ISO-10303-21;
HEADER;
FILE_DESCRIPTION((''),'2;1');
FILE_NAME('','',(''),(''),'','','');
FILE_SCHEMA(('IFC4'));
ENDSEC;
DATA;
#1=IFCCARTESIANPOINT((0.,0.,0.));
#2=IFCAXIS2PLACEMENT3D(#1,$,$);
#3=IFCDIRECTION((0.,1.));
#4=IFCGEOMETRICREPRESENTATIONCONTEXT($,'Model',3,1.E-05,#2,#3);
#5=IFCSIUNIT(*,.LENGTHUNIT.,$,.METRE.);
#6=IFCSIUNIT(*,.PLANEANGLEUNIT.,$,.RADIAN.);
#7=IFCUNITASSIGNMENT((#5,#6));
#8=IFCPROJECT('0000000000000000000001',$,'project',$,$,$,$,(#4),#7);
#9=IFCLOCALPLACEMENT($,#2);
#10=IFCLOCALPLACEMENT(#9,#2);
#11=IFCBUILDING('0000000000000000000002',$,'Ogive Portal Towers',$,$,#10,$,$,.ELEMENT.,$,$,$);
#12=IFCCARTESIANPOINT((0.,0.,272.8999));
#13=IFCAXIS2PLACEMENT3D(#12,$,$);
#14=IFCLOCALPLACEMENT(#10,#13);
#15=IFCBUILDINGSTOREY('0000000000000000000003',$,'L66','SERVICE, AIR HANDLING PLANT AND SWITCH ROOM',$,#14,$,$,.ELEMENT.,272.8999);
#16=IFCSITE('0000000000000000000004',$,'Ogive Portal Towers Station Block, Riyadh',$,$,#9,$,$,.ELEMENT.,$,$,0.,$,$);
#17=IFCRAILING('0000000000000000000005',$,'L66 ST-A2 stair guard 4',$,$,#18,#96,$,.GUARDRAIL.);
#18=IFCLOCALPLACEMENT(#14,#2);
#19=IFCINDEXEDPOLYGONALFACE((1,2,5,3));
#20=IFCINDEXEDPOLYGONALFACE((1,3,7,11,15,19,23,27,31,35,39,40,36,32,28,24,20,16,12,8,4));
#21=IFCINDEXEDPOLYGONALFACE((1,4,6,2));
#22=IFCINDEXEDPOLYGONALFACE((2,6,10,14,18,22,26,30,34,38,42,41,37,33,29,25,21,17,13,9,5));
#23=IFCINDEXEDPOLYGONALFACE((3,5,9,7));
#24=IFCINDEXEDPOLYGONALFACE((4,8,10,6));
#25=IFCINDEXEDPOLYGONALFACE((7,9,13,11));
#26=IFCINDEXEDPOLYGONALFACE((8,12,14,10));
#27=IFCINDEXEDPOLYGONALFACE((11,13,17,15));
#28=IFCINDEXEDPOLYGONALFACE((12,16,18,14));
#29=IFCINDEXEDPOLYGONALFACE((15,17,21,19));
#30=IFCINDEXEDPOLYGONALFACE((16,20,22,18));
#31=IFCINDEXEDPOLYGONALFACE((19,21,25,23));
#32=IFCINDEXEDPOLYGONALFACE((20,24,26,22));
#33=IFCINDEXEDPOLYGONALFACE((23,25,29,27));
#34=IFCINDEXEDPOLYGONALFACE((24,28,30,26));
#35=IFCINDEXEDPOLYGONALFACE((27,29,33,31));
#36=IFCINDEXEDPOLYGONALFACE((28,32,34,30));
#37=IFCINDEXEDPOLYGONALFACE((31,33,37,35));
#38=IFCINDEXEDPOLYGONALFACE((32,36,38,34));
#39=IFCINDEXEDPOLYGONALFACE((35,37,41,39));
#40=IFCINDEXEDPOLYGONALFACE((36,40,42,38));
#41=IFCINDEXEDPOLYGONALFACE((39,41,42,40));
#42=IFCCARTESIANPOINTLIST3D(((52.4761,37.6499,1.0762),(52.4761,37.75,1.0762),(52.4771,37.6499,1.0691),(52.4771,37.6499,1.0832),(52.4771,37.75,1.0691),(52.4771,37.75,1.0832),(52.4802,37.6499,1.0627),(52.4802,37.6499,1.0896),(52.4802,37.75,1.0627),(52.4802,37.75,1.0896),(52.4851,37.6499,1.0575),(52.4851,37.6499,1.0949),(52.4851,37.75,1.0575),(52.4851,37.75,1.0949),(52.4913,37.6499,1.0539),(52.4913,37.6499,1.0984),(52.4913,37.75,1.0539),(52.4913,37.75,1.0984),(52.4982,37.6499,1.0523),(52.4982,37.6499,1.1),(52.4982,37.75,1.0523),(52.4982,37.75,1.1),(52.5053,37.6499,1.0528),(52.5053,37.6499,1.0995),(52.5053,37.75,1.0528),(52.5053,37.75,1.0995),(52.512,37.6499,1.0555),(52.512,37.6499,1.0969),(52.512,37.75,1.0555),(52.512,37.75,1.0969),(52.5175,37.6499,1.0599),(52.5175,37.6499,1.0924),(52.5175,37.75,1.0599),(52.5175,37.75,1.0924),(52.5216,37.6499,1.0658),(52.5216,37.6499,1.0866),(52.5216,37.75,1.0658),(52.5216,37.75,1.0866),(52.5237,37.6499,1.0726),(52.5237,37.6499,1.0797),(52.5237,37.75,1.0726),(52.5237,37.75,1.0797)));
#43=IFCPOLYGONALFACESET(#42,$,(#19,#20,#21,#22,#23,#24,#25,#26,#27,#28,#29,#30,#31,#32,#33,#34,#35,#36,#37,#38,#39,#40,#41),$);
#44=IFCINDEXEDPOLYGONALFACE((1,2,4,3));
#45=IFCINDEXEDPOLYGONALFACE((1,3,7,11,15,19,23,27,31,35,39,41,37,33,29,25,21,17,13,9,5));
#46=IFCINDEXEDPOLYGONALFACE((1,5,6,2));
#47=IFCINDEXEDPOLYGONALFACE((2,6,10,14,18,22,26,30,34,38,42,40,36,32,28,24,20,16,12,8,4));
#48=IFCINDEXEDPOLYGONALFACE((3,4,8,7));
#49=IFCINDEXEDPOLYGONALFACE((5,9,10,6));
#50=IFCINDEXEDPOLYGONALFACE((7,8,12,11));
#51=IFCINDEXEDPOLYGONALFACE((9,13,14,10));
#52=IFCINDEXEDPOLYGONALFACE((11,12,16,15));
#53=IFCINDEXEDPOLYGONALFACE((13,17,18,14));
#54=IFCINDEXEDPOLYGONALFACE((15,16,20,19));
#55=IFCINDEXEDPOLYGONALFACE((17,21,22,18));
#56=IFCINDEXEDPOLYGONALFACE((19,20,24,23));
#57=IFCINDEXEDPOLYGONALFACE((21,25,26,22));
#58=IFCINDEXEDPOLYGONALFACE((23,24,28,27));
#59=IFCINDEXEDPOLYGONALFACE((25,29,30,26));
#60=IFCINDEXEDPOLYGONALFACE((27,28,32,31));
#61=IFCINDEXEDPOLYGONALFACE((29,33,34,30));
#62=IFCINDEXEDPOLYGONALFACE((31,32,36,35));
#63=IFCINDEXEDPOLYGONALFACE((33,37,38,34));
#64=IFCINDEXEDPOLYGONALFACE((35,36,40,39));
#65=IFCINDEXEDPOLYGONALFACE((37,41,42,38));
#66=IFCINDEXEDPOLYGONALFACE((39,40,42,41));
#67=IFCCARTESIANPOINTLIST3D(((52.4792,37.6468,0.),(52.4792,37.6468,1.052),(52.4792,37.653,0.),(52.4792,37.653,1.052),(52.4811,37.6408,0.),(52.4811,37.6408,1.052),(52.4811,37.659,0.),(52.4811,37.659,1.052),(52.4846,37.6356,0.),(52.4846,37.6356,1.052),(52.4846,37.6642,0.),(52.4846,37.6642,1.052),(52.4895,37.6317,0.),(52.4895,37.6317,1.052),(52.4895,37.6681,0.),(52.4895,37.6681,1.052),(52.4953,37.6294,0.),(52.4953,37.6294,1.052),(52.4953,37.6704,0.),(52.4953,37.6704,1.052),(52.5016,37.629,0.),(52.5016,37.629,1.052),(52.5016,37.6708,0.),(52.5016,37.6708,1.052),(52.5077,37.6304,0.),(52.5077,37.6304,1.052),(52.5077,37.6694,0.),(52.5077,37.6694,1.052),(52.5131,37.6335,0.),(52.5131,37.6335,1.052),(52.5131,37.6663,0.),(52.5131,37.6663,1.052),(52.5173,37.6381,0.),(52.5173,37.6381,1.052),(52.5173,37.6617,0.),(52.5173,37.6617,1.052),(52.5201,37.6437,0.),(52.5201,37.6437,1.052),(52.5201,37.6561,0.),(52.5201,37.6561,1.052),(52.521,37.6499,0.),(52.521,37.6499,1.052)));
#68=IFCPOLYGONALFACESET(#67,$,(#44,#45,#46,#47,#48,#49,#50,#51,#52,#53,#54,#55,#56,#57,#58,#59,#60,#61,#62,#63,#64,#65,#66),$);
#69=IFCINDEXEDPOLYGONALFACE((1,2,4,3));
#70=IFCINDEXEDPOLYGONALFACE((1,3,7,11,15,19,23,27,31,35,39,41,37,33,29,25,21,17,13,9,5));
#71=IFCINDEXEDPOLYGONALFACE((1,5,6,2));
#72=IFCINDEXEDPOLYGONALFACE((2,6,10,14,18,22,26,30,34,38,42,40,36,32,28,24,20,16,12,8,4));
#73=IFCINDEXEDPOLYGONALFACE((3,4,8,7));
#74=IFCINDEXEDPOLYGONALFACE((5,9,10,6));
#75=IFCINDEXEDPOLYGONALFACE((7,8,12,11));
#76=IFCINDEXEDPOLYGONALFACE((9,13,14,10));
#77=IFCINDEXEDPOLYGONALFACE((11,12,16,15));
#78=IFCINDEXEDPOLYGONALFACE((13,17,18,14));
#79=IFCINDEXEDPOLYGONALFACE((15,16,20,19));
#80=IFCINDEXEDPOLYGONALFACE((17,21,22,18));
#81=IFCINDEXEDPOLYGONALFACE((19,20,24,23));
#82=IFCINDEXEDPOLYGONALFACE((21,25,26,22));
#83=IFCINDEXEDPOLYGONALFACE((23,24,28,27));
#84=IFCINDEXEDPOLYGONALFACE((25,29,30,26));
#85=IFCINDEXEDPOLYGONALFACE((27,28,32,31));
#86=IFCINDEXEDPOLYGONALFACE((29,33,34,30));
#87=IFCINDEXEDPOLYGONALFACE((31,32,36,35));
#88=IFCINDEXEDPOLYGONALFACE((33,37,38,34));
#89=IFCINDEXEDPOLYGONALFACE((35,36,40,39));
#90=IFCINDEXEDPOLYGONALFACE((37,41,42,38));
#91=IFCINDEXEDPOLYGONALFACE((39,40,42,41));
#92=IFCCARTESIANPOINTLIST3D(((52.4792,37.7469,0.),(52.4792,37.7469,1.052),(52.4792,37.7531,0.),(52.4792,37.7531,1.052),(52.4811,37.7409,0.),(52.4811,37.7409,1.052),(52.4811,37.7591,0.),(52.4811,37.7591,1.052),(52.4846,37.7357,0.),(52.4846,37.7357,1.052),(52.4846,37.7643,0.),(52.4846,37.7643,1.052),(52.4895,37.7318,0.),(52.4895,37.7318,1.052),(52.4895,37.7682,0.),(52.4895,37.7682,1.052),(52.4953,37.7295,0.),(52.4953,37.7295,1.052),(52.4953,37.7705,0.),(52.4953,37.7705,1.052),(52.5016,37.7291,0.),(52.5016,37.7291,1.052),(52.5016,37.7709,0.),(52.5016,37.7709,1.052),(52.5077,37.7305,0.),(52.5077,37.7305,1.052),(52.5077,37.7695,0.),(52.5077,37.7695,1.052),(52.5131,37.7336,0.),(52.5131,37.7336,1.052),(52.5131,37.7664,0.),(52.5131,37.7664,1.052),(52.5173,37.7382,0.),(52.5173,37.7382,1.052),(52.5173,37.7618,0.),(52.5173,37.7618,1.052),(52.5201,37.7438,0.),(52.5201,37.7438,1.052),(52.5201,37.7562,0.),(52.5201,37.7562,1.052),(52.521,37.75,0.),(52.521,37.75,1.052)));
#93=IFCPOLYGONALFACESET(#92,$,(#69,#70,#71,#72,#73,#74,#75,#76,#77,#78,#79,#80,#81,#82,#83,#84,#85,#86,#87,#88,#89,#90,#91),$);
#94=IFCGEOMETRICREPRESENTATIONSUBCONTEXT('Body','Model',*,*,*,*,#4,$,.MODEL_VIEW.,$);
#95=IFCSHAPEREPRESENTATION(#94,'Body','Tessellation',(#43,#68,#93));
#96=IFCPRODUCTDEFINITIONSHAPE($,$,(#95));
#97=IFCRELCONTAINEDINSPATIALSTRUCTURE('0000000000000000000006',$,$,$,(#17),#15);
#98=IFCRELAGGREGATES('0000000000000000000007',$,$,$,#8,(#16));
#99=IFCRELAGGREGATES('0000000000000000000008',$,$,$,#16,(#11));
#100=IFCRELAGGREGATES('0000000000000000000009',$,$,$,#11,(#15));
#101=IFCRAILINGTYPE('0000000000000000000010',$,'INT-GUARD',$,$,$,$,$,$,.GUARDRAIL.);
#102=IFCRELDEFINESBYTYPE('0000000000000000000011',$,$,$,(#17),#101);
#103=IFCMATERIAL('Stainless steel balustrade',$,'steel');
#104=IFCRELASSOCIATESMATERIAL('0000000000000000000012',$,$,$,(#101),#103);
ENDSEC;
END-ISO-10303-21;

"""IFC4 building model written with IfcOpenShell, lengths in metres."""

from ifc_helpers import new_model, si_unit, direction, frame, origin, origin_2d, place, context, subcontext, project, spatial, circle, extrude, material, type_object, element, save


model = new_model("IFC4")

# Units and contexts
model_context = context("Model", 3, precision=1e-05, world=origin(), true_north=direction((0.0, 1.0)))
body_context = subcontext(model_context, "Body", "Model", "MODEL_VIEW")
ifc_project = project(units=[si_unit("LENGTHUNIT", "METRE"), si_unit("PLANEANGLEUNIT", "RADIAN")], contexts=[model_context])

# Site, building, storey
site_placement = place(None, origin())
site = spatial("IfcSite", under=ifc_project, at=site_placement, Name="Ogive Portal Towers Station Block, Riyadh", CompositionType="ELEMENT", RefElevation=0.0)
building_placement = place(site_placement, origin())
building = spatial("IfcBuilding", under=site, at=building_placement, Name="Ogive Portal Towers", CompositionType="ELEMENT")
storey_placement = place(building_placement, frame((0.0, 0.0, 272.8999)))
storey = spatial("IfcBuildingStorey", under=building, at=storey_placement, Name="L66", Description="SERVICE, AIR HANDLING PLANT AND SWITCH ROOM", CompositionType="ELEMENT", Elevation=272.8999)

# Railing
ifc_material_1 = material(Name="Stainless steel balustrade", Category="steel")
railing_type_1 = type_object("IfcRailingType", Name="INT-GUARD", PredefinedType="GUARDRAIL", material=ifc_material_1)
railing_1_placement = place(storey_placement, frame((52.5, 37.6499, 0.0)))
element("IfcRailing", 1, at=railing_1_placement, inside=storey, type_object=railing_type_1, Name="L66 ST-A2 stair guard 4", PredefinedType="GUARDRAIL", context=body_context, shape_type="SweptSolid", body=[
    extrude(circle(Radius=0.0239, at=origin_2d()), frame((0.0, 0.0, 1.0762), z_axis=(0.0, 1.0, 0.0), x_axis=(-1.0, 0.0, 0.0)), (0.0, 0.0, 1.0), 0.1001),
    extrude(circle(Radius=0.021, at=origin_2d()), origin(), (0.0, 0.0, 1.0), 1.052),
    extrude(circle(Radius=0.021, at=origin_2d()), frame((0.0, 0.1001, 0.0)), (0.0, 0.0, 1.0), 1.052),
])

save(model, "model.ifc")
